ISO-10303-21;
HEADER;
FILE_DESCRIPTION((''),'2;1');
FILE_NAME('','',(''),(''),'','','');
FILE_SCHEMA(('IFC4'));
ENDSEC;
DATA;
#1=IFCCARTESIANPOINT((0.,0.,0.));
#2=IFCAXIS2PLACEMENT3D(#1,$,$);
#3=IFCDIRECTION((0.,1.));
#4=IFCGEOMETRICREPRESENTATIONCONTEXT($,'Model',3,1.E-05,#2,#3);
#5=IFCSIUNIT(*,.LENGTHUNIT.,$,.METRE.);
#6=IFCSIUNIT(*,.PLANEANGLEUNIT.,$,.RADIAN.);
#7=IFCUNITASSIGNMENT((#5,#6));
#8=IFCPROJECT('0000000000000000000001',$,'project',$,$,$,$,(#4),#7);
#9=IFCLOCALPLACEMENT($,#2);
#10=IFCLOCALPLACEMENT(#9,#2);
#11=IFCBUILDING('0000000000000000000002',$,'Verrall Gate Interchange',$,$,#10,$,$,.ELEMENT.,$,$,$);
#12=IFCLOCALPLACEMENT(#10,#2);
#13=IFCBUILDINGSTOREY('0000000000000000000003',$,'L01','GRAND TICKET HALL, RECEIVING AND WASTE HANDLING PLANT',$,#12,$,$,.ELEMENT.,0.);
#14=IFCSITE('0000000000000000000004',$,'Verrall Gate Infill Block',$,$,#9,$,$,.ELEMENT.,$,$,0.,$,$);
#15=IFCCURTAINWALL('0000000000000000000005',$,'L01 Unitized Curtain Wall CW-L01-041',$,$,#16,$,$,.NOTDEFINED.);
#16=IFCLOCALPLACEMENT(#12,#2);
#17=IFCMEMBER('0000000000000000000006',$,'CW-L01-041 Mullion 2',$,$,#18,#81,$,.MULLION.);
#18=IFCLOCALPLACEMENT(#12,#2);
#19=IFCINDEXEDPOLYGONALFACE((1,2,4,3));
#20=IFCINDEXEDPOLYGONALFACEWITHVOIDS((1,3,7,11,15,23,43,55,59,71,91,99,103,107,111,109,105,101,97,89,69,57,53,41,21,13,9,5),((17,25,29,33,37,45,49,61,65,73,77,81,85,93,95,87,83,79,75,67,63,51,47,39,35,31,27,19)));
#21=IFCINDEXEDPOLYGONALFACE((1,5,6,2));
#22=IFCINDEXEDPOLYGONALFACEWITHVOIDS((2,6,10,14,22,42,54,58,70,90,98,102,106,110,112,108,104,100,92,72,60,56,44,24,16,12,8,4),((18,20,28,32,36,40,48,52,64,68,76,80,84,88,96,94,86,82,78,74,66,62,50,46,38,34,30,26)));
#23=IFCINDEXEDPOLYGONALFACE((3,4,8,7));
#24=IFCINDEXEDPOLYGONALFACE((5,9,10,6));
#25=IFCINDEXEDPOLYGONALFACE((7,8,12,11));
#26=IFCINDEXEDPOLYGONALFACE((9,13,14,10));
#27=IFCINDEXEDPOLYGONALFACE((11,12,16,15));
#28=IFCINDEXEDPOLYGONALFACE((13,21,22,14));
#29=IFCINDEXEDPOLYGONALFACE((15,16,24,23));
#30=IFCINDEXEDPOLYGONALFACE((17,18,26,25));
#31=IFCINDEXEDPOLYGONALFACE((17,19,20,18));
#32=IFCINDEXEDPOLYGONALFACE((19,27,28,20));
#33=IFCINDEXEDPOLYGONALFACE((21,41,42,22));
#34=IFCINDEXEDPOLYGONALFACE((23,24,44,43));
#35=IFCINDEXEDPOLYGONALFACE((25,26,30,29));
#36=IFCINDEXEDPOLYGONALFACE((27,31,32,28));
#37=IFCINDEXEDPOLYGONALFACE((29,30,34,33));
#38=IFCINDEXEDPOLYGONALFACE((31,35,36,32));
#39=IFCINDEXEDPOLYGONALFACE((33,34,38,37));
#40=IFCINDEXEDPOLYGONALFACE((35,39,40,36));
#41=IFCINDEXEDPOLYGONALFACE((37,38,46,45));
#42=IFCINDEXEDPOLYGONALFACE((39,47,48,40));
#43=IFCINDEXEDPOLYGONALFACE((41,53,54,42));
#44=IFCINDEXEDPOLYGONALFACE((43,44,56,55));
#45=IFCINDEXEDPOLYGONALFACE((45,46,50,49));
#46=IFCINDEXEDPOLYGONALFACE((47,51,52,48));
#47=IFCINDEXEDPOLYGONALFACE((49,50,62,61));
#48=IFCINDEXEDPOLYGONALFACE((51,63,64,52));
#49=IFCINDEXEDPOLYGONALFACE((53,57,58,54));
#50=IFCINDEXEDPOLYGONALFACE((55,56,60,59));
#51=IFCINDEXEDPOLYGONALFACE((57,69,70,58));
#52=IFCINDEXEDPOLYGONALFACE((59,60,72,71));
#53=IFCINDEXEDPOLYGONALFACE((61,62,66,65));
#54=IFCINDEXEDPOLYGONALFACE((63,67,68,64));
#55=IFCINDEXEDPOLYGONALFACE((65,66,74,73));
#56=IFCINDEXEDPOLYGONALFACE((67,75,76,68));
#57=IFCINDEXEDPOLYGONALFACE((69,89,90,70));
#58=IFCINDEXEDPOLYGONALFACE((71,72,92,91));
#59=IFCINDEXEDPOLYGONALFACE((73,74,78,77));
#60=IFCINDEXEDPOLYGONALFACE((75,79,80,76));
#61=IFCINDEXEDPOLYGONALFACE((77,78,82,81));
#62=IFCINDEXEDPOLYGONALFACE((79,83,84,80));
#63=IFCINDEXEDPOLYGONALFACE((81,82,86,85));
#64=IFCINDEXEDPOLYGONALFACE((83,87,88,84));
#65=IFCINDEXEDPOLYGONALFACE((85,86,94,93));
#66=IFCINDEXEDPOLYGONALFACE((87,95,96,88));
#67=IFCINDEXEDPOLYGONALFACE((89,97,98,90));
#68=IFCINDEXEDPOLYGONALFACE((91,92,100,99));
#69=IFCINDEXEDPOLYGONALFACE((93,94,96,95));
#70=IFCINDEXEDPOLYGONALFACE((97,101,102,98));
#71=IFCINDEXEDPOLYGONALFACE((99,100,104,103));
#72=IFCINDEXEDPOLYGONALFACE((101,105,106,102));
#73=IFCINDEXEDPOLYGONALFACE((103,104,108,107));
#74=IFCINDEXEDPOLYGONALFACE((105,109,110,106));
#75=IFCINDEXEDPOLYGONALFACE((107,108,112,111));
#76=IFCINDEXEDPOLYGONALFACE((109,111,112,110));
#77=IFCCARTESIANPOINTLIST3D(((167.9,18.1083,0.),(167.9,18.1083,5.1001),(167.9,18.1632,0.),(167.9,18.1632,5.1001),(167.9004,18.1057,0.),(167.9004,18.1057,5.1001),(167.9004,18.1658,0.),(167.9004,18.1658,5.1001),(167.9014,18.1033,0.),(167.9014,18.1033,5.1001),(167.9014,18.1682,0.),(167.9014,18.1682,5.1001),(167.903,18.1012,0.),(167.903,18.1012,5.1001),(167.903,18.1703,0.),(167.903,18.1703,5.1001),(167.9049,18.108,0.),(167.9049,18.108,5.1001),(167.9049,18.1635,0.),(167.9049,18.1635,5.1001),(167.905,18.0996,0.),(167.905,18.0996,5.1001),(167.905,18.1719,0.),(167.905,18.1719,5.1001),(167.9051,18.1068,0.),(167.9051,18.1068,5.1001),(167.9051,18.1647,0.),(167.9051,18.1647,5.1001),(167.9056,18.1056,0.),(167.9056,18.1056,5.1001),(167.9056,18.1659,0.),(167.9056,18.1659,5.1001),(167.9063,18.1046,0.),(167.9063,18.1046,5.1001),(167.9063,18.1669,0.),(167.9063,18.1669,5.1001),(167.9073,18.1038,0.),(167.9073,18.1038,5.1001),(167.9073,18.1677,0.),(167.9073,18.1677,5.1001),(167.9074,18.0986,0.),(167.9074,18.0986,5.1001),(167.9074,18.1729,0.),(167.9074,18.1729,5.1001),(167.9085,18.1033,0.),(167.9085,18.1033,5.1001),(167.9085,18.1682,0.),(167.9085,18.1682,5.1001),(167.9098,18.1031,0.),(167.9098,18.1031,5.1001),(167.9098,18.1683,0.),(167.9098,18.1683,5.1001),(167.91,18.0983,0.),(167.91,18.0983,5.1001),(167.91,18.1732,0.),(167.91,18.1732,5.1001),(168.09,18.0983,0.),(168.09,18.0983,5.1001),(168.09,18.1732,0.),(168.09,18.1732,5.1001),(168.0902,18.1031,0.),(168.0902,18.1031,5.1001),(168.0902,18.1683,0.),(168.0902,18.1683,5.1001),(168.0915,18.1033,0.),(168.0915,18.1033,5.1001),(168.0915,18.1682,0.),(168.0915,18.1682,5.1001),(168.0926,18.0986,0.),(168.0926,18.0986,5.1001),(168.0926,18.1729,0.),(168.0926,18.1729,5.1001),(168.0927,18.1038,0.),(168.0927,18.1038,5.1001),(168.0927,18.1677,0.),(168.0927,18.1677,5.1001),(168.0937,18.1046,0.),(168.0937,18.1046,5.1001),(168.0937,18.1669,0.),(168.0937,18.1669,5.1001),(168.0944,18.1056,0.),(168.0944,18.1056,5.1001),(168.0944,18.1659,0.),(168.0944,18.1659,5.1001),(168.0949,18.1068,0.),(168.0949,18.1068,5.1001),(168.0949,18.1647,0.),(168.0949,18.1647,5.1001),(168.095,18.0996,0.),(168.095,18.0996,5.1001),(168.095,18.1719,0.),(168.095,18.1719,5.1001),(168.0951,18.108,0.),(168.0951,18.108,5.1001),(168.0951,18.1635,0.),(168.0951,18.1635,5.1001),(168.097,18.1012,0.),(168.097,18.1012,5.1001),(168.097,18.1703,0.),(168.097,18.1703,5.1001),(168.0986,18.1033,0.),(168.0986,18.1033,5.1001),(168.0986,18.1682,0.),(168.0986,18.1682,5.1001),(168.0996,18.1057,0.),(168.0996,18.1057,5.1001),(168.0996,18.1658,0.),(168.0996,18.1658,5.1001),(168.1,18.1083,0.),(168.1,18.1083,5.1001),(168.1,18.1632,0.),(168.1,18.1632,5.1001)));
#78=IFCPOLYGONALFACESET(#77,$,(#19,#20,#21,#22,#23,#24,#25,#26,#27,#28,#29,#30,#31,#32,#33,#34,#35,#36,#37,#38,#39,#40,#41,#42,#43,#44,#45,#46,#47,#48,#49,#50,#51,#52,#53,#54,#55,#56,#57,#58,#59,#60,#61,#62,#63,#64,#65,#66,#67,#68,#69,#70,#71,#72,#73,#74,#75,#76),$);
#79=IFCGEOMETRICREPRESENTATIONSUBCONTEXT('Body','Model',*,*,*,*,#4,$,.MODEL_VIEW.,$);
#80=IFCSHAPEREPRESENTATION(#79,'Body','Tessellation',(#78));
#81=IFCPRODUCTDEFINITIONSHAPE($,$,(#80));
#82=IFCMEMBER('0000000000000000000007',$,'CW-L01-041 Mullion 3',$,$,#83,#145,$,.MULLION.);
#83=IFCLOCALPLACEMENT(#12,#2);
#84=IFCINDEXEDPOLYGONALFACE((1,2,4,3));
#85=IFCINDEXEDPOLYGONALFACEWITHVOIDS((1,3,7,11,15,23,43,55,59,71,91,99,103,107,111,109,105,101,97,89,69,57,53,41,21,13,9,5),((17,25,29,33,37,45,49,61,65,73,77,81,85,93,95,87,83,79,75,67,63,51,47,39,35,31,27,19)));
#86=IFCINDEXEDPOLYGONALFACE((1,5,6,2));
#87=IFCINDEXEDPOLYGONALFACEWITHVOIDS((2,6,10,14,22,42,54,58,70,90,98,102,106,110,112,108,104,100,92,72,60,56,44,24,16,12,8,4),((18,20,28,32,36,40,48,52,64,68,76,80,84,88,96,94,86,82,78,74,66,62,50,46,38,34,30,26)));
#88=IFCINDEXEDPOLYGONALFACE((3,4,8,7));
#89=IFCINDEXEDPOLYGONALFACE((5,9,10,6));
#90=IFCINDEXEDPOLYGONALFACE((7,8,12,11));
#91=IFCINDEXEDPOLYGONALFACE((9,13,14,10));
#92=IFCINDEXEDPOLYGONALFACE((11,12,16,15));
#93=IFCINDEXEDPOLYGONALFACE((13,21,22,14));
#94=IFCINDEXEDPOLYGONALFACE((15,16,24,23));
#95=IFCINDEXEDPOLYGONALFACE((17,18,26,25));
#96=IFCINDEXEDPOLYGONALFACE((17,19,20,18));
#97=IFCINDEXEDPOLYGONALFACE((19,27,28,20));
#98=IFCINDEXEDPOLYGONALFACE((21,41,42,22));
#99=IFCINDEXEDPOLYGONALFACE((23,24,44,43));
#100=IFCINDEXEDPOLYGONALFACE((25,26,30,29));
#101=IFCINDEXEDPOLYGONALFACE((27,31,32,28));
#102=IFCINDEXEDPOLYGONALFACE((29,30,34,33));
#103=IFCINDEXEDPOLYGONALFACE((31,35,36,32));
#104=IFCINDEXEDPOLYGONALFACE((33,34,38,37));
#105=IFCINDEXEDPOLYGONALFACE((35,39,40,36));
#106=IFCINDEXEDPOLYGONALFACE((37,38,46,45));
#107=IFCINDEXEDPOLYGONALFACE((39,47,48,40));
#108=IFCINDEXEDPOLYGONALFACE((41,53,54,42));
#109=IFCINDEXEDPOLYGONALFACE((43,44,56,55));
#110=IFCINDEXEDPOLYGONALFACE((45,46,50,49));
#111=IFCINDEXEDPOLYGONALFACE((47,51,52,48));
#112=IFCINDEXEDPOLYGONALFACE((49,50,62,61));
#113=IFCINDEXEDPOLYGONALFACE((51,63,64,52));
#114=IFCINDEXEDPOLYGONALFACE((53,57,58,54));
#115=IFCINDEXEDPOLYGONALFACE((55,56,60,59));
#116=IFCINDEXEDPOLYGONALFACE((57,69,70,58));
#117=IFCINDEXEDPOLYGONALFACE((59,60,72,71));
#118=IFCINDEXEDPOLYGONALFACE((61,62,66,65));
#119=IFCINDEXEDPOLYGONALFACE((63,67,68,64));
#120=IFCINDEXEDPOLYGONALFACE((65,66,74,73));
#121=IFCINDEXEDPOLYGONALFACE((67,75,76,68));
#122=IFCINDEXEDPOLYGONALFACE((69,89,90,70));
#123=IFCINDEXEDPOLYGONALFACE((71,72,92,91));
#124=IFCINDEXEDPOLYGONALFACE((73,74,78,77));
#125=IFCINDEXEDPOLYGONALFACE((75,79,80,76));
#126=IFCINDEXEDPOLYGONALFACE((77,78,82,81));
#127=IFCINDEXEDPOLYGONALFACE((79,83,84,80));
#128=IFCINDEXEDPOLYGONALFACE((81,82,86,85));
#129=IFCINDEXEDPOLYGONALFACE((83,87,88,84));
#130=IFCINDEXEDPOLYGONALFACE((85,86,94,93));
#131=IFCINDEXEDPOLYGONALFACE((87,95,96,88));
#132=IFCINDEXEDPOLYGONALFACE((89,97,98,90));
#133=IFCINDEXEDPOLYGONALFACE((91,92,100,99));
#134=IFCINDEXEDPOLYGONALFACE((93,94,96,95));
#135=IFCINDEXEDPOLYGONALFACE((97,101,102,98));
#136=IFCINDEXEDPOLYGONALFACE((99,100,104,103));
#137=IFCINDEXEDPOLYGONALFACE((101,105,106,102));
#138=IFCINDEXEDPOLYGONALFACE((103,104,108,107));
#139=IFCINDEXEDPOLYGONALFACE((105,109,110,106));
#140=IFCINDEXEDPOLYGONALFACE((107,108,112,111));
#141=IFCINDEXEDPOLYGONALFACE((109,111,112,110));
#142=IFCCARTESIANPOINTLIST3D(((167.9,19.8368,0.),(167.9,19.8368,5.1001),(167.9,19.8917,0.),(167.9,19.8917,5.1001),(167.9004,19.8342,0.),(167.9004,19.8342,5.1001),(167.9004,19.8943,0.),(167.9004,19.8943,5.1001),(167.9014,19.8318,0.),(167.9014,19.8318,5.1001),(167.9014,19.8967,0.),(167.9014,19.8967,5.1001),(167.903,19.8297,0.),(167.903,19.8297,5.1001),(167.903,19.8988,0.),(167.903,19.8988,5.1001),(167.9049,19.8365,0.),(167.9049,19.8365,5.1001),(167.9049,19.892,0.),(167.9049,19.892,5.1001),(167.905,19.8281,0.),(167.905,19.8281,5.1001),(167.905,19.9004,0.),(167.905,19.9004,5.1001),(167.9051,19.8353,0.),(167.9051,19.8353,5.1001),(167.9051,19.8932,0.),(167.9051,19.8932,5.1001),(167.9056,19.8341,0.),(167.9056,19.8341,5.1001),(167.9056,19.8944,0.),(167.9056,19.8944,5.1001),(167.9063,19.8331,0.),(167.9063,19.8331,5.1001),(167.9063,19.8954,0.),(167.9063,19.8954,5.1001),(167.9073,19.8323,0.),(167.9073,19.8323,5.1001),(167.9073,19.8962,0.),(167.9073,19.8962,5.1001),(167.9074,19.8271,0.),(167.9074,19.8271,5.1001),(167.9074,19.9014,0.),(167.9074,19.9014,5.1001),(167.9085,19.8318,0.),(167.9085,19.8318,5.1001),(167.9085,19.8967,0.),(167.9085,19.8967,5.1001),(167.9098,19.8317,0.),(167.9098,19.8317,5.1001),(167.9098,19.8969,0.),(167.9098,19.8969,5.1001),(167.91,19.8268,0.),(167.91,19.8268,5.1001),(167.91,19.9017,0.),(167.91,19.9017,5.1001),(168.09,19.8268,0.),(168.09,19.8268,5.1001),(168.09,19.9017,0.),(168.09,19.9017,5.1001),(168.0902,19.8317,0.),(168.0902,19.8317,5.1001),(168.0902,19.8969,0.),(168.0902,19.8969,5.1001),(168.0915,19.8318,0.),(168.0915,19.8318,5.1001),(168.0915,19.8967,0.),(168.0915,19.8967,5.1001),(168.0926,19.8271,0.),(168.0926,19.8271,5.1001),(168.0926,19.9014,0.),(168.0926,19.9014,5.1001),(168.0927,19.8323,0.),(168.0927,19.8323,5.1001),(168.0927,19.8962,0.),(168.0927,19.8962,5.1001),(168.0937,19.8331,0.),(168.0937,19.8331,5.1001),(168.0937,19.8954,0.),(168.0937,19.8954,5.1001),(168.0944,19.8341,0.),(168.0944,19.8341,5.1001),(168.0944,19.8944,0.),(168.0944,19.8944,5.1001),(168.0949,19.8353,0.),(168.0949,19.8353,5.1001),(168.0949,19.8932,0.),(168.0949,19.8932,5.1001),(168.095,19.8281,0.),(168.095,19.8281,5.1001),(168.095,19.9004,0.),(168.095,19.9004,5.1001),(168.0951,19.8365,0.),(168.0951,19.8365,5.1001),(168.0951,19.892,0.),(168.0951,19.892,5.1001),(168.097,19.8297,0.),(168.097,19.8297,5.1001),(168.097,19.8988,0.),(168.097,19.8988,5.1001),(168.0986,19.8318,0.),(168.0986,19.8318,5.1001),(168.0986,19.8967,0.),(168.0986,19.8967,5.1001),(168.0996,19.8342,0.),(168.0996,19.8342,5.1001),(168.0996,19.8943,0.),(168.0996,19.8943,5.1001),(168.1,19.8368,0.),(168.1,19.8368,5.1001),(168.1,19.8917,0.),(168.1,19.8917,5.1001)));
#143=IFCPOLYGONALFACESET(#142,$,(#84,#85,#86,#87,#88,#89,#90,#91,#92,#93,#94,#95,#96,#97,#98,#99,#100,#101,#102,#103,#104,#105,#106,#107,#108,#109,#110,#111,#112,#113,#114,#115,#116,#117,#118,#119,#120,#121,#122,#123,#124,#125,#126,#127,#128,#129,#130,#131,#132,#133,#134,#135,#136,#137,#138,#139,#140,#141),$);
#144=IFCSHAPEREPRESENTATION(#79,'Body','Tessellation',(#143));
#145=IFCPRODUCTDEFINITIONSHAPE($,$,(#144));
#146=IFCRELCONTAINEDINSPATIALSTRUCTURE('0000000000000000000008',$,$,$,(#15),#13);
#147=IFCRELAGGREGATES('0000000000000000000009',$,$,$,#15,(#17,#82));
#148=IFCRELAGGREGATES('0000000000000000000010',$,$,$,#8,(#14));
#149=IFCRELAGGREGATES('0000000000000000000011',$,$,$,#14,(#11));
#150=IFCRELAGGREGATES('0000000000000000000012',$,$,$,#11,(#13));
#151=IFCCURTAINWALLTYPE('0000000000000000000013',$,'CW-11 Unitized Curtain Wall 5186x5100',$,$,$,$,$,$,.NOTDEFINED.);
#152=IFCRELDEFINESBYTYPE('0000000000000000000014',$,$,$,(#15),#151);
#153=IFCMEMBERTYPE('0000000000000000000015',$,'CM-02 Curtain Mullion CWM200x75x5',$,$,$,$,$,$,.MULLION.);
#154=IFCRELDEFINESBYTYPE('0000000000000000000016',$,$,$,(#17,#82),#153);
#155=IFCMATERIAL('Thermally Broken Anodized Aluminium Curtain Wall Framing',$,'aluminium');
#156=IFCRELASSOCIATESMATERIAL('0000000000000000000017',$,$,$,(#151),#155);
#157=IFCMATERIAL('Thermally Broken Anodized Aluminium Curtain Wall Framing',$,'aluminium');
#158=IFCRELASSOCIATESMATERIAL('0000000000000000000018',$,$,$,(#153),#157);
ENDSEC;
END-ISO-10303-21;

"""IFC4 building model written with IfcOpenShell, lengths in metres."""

from ifc_helpers import new_model, si_unit, direction, frame, origin, origin_2d, place, context, subcontext, project, spatial, hollow_rectangle, extrude, material, material_profile, profile_set, type_object, element, aggregate, save


model = new_model("IFC4")

# Units and contexts
model_context = context("Model", 3, precision=1e-05, world=origin(), true_north=direction((0.0, 1.0)))
body_context = subcontext(model_context, "Body", "Model", "MODEL_VIEW")
ifc_project = project(units=[si_unit("LENGTHUNIT", "METRE"), si_unit("PLANEANGLEUNIT", "RADIAN")], contexts=[model_context])

# Site, building, storey
site_placement = place(None, origin())
site = spatial("IfcSite", under=ifc_project, at=site_placement, Name="Verrall Gate Infill Block", CompositionType="ELEMENT", RefElevation=0.0)
building_placement = place(site_placement, origin())
building = spatial("IfcBuilding", under=site, at=building_placement, Name="Verrall Gate Interchange", CompositionType="ELEMENT")
storey_placement = place(building_placement, origin())
storey = spatial("IfcBuildingStorey", under=building, at=storey_placement, Name="L01", Description="GRAND TICKET HALL, RECEIVING AND WASTE HANDLING PLANT", CompositionType="ELEMENT", Elevation=0.0)

# Curtain wall, members
ifc_material_1 = material(Name="Thermally Broken Anodized Aluminium Curtain Wall Framing", Category="aluminium")
curtain_wall_type = type_object("IfcCurtainWallType", Name="CW-11 Unitized Curtain Wall 5186x5100", PredefinedType="NOTDEFINED", material=ifc_material_1)
curtain_wall_placement = place(storey_placement, origin())
curtain_wall = element("IfcCurtainWall", 1, at=curtain_wall_placement, inside=storey, type_object=curtain_wall_type, Name="L01 Unitized Curtain Wall CW-L01-041", PredefinedType="NOTDEFINED")
ifc_material_2 = material(Name="Thermally Broken Anodized Aluminium Curtain Wall Framing", Category="aluminium")
ifc_material_profile_1 = material_profile(ifc_material_2, hollow_rectangle(XDim=0.075, YDim=0.2, WallThickness=0.0049, InnerFilletRadius=0.0049, OuterFilletRadius=0.01, at=origin_2d()), Name="CWM200x75x5")
ifc_profile_set_1 = profile_set([ifc_material_profile_1], Name="Thermally Broken Anodized Aluminium Curtain Wall Framing")
member_type_1 = type_object("IfcMemberType", Name="CM-02 Curtain Mullion CWM200x75x5", PredefinedType="MULLION", material=ifc_profile_set_1)
member_1_placement = place(storey_placement, frame((168.0, 18.1357, 0.0), z_axis=(0.0, 0.0, 1.0), x_axis=(0.0, 1.0, 0.0)))
member_1 = element("IfcMember", 2, at=member_1_placement, type_object=member_type_1, Name="CW-L01-041 Mullion 2", PredefinedType="MULLION", context=body_context, shape_type="SweptSolid", body=[
    extrude(hollow_rectangle(XDim=0.075, YDim=0.2, WallThickness=0.0049, InnerFilletRadius=0.0049, OuterFilletRadius=0.01, at=origin_2d()), origin(), (0.0, 0.0, 1.0), 5.1001),
])
member_2_placement = place(storey_placement, frame((168.0, 19.8643, 0.0), z_axis=(0.0, 0.0, 1.0), x_axis=(0.0, 1.0, 0.0)))
member_2 = element("IfcMember", 3, at=member_2_placement, type_object=member_type_1, Name="CW-L01-041 Mullion 3", PredefinedType="MULLION", context=body_context, shape_type="SweptSolid", body=[
    extrude(hollow_rectangle(XDim=0.075, YDim=0.2, WallThickness=0.0049, InnerFilletRadius=0.0049, OuterFilletRadius=0.01, at=origin_2d()), origin(), (0.0, 0.0, 1.0), 5.1001),
])
aggregate(curtain_wall, [member_1, member_2])

save(model, "model.ifc")
